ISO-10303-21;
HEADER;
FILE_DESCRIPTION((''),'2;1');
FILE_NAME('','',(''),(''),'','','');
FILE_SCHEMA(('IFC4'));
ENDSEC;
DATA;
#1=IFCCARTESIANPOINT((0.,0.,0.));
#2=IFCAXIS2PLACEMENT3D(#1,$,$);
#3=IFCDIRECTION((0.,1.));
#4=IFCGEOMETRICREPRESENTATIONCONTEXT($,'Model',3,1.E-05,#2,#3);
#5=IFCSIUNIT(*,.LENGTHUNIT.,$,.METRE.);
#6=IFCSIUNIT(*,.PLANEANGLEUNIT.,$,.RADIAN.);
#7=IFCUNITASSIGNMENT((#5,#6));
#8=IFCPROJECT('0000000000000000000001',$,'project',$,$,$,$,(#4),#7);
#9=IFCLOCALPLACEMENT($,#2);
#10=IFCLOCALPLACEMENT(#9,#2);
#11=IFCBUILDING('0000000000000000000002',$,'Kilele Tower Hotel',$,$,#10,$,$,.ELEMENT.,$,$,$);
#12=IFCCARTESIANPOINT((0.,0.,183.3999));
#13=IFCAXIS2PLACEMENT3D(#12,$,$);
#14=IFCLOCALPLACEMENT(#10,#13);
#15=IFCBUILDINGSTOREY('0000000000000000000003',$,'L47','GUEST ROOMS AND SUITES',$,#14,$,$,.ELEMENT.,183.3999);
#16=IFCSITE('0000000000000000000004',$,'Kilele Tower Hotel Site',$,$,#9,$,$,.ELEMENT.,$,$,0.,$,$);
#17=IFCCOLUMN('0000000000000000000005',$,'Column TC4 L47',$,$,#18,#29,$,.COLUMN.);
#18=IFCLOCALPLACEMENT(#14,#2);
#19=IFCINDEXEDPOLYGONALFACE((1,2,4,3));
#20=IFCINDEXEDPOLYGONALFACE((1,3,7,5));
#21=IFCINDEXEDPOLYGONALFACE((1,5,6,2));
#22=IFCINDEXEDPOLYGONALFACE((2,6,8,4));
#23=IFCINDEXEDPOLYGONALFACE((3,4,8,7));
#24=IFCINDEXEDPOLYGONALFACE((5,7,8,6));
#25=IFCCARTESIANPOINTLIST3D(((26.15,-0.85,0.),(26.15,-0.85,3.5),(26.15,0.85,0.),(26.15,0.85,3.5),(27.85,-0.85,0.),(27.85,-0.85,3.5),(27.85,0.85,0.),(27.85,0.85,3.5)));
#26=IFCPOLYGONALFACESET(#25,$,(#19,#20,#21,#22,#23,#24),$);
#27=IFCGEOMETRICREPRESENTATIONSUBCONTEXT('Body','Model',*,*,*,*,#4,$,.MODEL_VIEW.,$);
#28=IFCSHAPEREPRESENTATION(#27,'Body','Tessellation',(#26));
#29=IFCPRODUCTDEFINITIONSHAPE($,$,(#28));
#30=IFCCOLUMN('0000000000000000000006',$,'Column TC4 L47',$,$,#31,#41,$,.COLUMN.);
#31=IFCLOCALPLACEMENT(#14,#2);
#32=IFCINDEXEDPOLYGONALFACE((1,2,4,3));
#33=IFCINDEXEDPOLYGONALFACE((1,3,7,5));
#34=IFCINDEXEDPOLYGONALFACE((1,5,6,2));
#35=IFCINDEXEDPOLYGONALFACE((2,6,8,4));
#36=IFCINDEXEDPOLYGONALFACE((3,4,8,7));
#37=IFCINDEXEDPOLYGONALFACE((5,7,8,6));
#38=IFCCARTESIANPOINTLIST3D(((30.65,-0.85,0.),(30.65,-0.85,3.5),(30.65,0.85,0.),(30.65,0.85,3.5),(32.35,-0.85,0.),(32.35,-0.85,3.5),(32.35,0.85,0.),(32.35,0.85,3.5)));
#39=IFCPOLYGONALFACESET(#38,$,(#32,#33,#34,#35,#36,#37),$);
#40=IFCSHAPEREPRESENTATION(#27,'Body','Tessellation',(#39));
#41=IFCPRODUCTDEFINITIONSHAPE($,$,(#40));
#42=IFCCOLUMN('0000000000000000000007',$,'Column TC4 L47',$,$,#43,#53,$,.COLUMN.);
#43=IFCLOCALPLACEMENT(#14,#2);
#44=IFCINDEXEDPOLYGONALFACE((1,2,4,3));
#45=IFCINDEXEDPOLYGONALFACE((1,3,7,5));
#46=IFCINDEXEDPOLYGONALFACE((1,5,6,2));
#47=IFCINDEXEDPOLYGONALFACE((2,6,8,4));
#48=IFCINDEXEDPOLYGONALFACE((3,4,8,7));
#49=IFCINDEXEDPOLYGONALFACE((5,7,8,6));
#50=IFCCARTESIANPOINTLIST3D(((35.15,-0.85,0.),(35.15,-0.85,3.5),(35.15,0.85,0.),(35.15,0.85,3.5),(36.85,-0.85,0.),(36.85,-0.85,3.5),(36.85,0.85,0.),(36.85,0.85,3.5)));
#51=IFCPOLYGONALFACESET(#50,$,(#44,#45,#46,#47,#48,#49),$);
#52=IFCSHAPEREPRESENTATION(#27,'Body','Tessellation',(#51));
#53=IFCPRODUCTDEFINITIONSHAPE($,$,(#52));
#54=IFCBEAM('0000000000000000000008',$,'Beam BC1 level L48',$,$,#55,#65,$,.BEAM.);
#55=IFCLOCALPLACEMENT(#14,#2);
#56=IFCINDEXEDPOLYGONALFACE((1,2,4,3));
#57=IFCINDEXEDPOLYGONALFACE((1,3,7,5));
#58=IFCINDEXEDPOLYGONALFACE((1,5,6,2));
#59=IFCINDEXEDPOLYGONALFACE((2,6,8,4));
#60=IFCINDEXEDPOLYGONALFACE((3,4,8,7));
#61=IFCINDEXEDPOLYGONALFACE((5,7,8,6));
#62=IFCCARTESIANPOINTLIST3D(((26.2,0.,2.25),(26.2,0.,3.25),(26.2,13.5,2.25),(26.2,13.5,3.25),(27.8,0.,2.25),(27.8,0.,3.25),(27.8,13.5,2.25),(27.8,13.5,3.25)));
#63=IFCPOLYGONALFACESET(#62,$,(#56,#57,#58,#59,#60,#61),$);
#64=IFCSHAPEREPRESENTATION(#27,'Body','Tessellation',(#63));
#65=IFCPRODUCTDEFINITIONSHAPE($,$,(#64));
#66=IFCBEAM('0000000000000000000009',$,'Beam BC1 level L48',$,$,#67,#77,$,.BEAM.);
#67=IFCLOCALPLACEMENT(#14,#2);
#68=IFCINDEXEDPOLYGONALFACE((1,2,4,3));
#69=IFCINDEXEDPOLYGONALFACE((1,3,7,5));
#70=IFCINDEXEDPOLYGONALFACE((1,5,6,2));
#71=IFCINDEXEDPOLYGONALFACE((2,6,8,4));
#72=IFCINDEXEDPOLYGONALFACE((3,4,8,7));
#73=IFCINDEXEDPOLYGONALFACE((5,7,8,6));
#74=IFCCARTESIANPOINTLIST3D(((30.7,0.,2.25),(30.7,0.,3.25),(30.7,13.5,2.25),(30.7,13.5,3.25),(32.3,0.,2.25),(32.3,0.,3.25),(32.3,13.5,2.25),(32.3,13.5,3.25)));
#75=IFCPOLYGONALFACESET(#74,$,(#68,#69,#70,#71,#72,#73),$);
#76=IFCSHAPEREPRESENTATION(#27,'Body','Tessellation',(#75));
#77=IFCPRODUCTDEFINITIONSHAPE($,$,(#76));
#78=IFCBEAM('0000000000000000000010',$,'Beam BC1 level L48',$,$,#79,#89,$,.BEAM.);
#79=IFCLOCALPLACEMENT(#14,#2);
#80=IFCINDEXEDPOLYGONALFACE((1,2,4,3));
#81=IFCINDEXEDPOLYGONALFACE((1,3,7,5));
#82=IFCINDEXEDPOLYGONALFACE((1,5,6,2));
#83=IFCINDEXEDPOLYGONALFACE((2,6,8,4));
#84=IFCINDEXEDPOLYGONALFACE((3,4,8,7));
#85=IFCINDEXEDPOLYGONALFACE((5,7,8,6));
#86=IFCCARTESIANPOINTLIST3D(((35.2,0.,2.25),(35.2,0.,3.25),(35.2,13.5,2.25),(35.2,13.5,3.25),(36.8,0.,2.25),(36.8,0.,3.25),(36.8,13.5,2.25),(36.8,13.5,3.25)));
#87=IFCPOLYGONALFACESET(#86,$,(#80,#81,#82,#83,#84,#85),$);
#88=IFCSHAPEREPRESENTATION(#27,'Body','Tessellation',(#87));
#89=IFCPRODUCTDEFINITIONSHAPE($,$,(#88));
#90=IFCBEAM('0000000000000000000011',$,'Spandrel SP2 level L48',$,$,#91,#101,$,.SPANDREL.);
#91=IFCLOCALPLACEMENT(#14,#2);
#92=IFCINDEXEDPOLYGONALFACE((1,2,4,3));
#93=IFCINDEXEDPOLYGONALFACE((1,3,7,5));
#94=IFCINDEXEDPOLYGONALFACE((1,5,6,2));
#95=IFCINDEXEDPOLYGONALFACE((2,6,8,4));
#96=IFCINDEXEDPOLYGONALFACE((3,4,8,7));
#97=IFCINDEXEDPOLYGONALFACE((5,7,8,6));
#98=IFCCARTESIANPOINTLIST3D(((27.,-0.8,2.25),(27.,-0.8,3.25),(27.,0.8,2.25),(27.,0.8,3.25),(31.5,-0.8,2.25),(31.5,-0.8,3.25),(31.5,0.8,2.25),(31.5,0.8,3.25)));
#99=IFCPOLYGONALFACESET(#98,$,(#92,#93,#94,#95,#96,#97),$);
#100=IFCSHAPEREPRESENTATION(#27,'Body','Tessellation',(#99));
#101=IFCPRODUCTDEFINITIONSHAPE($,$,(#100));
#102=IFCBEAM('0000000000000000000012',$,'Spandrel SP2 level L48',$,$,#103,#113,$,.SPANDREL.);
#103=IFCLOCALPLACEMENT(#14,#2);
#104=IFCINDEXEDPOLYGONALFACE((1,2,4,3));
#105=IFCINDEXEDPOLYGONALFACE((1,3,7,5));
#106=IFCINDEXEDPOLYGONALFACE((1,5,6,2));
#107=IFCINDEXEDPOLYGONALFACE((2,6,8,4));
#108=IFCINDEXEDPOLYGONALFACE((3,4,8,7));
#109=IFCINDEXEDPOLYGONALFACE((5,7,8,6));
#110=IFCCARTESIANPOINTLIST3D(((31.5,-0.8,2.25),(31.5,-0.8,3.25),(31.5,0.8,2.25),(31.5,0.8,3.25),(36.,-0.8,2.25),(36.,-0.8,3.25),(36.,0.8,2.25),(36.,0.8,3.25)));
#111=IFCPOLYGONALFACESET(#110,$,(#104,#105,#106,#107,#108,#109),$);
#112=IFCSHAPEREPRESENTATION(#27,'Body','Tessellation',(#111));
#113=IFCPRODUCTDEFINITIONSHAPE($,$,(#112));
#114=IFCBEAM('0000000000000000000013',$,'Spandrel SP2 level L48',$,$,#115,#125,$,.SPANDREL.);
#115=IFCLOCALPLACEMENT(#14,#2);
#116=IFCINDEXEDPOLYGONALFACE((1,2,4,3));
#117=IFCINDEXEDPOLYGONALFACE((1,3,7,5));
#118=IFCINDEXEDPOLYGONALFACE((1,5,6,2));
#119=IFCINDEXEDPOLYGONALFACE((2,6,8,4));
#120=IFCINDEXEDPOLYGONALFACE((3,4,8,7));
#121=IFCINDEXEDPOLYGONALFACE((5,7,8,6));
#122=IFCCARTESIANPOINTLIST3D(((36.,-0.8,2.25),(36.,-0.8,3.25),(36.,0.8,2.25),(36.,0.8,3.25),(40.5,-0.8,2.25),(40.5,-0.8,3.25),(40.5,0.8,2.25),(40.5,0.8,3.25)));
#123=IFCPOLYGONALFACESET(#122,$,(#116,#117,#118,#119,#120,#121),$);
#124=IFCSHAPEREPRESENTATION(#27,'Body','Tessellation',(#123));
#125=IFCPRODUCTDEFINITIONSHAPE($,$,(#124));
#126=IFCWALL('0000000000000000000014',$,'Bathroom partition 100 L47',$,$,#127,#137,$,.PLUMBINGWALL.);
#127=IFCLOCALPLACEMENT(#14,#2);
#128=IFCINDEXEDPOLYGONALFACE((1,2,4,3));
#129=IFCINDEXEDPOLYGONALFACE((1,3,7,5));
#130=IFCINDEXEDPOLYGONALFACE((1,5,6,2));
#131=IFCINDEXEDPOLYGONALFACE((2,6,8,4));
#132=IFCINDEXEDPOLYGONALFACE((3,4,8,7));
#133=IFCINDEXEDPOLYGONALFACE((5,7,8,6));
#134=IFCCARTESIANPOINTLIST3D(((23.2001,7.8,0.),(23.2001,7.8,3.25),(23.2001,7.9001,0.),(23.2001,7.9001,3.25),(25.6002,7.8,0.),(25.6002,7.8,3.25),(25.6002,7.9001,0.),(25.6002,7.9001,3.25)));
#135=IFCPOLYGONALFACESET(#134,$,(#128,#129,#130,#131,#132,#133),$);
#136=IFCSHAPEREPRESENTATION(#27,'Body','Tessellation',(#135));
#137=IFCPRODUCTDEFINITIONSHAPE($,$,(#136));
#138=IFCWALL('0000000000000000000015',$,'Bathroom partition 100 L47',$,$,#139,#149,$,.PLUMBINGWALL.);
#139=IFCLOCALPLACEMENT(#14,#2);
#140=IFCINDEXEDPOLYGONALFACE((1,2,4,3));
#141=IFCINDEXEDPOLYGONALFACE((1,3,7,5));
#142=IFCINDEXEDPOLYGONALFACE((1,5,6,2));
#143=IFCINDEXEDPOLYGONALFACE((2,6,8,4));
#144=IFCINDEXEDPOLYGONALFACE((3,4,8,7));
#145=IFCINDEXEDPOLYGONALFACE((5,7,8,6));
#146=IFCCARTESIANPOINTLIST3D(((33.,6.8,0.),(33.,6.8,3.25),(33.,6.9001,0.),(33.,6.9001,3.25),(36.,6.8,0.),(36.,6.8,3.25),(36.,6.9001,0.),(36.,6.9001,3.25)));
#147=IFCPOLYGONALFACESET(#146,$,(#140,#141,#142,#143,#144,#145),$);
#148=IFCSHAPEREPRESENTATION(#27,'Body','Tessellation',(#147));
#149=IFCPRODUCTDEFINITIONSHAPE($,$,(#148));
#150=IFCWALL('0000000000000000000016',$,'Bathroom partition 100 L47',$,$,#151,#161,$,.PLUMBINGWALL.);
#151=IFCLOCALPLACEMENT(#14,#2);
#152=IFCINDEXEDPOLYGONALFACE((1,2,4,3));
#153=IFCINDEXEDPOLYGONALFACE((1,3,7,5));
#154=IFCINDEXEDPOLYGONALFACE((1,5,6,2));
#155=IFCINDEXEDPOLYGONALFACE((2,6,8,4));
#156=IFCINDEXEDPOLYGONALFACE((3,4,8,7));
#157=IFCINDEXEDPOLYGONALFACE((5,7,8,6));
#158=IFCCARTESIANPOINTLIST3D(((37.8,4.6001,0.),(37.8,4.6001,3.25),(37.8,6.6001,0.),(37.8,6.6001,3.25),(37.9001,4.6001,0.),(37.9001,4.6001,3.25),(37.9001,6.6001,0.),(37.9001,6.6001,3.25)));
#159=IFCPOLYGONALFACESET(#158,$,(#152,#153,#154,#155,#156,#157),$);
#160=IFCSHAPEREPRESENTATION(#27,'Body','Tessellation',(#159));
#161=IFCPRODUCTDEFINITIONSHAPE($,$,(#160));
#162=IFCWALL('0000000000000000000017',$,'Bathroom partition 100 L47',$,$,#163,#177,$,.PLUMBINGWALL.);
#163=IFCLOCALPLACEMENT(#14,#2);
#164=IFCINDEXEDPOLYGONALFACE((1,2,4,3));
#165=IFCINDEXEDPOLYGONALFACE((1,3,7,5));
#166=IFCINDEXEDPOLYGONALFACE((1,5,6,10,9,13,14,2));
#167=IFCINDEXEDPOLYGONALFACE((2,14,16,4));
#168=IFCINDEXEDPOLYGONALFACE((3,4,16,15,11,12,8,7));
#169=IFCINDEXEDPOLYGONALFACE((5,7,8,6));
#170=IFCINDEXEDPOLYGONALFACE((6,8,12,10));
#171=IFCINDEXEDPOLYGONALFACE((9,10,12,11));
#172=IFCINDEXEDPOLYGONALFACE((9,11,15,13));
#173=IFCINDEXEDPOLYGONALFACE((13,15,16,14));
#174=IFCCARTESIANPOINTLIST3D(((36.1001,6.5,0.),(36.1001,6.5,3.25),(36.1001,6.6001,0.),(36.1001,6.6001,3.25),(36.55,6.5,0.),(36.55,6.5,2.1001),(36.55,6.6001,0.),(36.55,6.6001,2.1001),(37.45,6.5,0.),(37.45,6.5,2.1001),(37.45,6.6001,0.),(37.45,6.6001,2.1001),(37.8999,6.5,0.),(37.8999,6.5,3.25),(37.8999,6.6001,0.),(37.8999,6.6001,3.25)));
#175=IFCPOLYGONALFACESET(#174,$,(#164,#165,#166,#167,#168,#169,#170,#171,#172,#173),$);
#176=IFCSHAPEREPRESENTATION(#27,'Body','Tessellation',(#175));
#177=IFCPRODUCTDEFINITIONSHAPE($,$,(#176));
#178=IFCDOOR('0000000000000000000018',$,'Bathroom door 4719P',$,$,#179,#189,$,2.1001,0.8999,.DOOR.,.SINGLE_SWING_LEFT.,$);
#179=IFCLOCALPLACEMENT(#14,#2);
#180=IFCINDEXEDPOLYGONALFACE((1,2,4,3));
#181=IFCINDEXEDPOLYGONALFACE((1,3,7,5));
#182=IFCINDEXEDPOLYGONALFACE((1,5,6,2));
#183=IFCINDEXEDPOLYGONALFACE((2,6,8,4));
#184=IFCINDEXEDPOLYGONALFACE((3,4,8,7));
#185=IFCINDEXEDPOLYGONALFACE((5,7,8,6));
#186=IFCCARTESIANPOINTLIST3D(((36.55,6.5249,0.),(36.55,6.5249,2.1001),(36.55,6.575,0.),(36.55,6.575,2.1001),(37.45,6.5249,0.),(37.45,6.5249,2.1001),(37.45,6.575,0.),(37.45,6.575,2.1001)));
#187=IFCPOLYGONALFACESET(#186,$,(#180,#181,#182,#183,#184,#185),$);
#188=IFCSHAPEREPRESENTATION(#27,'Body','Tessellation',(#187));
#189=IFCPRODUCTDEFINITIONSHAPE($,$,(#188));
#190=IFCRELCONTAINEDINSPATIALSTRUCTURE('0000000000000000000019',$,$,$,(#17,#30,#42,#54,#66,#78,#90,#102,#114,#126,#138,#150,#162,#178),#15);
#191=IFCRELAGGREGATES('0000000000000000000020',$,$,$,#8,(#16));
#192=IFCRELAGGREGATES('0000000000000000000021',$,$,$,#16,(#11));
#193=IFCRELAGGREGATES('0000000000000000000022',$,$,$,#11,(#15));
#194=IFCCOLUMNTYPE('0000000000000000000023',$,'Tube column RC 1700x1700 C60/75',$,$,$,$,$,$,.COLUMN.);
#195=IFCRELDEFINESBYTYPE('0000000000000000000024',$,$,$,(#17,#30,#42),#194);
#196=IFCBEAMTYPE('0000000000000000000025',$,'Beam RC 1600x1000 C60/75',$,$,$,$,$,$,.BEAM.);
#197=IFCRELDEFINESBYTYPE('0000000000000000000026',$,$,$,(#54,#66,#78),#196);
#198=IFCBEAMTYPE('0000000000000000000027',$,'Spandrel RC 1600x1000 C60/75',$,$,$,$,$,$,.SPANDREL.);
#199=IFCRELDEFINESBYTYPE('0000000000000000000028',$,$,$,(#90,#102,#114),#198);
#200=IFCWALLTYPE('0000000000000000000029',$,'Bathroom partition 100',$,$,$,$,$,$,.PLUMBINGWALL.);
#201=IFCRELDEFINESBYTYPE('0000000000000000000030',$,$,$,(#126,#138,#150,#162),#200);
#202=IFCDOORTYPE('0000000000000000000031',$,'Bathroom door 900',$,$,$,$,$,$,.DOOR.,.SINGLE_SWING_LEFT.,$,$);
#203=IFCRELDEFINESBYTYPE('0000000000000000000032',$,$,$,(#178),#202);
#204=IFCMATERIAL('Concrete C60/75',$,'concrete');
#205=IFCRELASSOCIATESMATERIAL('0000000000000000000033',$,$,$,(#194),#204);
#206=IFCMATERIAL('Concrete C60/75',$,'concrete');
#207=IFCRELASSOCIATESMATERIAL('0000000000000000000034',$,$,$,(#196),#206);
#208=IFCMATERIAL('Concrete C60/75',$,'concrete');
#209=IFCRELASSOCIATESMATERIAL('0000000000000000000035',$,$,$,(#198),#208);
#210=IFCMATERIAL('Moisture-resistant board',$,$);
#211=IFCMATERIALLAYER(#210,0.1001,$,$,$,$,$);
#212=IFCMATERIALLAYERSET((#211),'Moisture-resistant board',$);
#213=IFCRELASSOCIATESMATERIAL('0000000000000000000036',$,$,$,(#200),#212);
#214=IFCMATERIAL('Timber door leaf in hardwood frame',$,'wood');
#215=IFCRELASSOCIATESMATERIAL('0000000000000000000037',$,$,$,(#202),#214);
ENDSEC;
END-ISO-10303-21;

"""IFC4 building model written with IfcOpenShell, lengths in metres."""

from ifc_helpers import new_model, si_unit, direction, frame, frame_2d, origin, origin_2d, place, context, subcontext, project, spatial, rectangle, extrude, material, layer, layer_set, material_profile, profile_set, type_object, element, fill, save


model = new_model("IFC4")

# Units and contexts
model_context = context("Model", 3, precision=1e-05, world=origin(), true_north=direction((0.0, 1.0)))
body_context = subcontext(model_context, "Body", "Model", "MODEL_VIEW")
ifc_project = project(units=[si_unit("LENGTHUNIT", "METRE"), si_unit("PLANEANGLEUNIT", "RADIAN")], contexts=[model_context])

# Site, building, storey
site_placement = place(None, origin())
site = spatial("IfcSite", under=ifc_project, at=site_placement, Name="Kilele Tower Hotel Site", CompositionType="ELEMENT", RefElevation=0.0)
building_placement = place(site_placement, origin())
building = spatial("IfcBuilding", under=site, at=building_placement, Name="Kilele Tower Hotel", CompositionType="ELEMENT")
storey_placement = place(building_placement, frame((0.0, 0.0, 183.3999)))
storey = spatial("IfcBuildingStorey", under=building, at=storey_placement, Name="L47", Description="GUEST ROOMS AND SUITES", CompositionType="ELEMENT", Elevation=183.3999)

# Columns
ifc_material_1 = material(Name="Concrete C60/75", Category="concrete")
ifc_material_profile_1 = material_profile(ifc_material_1, rectangle(XDim=1.7, YDim=1.7, at=origin_2d()))
ifc_profile_set_1 = profile_set([ifc_material_profile_1], Name="Concrete C60/75")
column_type = type_object("IfcColumnType", Name="Tube column RC 1700x1700 C60/75", PredefinedType="COLUMN", material=ifc_profile_set_1)
for number, where, z_axis, x_axis, name in (
    (1, (27.0, 0.0, 0.0), (0.0, 0.0, 1.0), (1.0, 0.0, 0.0), "Column TC4 L47"),
    (2, (31.5, 0.0, 0.0), (0.0, 0.0, 1.0), (1.0, 0.0, 0.0), "Column TC4 L47"),
    (3, (36.0, 0.0, 0.0), (0.0, 0.0, 1.0), (1.0, 0.0, 0.0), "Column TC4 L47"),
):
    element("IfcColumn", number, at=place(storey_placement, frame(where, z_axis=z_axis, x_axis=x_axis)), inside=storey, type_object=column_type, Name=name, PredefinedType="COLUMN", context=body_context, shape_type="SweptSolid", body=[
        extrude(rectangle(XDim=1.7, YDim=1.7, at=origin_2d()), origin(), (0.0, 0.0, 1.0), 3.5),
    ])

# Beams
ifc_material_2 = material(Name="Concrete C60/75", Category="concrete")
ifc_material_profile_2 = material_profile(ifc_material_2, rectangle(XDim=1.6001, YDim=1.0, at=origin_2d()))
ifc_profile_set_2 = profile_set([ifc_material_profile_2], Name="Concrete C60/75")
beam_type_1 = type_object("IfcBeamType", Name="Beam RC 1600x1000 C60/75", PredefinedType="BEAM", material=ifc_profile_set_2)
for number, where, z_axis, x_axis, name in (
    (4, (27.0, 0.0, 2.75), (0.0, 1.0, 0.0), (-1.0, 0.0, 0.0), "Beam BC1 level L48"),
    (5, (31.5, 0.0, 2.75), (0.0, 1.0, 0.0), (-1.0, 0.0, 0.0), "Beam BC1 level L48"),
    (6, (36.0, 0.0, 2.75), (0.0, 1.0, 0.0), (-1.0, 0.0, 0.0), "Beam BC1 level L48"),
):
    element("IfcBeam", number, at=place(storey_placement, frame(where, z_axis=z_axis, x_axis=x_axis)), inside=storey, type_object=beam_type_1, Name=name, PredefinedType="BEAM", context=body_context, shape_type="SweptSolid", body=[
        extrude(rectangle(XDim=1.6001, YDim=1.0, at=origin_2d()), origin(), (0.0, 0.0, 1.0), 13.5),
    ])
ifc_material_3 = material(Name="Concrete C60/75", Category="concrete")
ifc_material_profile_3 = material_profile(ifc_material_3, rectangle(XDim=1.6001, YDim=1.0, at=origin_2d()))
ifc_profile_set_3 = profile_set([ifc_material_profile_3], Name="Concrete C60/75")
beam_type_2 = type_object("IfcBeamType", Name="Spandrel RC 1600x1000 C60/75", PredefinedType="SPANDREL", material=ifc_profile_set_3)
for number, where, z_axis, x_axis, name in (
    (7, (27.0, 0.0, 2.75), (1.0, 0.0, 0.0), (0.0, 1.0, 0.0), "Spandrel SP2 level L48"),
    (8, (31.5, 0.0, 2.75), (1.0, 0.0, 0.0), (0.0, 1.0, 0.0), "Spandrel SP2 level L48"),
    (9, (36.0, 0.0, 2.75), (1.0, 0.0, 0.0), (0.0, 1.0, 0.0), "Spandrel SP2 level L48"),
):
    element("IfcBeam", number, at=place(storey_placement, frame(where, z_axis=z_axis, x_axis=x_axis)), inside=storey, type_object=beam_type_2, Name=name, PredefinedType="SPANDREL", context=body_context, shape_type="SweptSolid", body=[
        extrude(rectangle(XDim=1.6001, YDim=1.0, at=origin_2d()), origin(), (0.0, 0.0, 1.0), 4.5),
    ])

# Walls
ifc_material_4 = material(Name="Moisture-resistant board")
ifc_layer_1 = layer(ifc_material_4, 0.1001)
ifc_layer_set_1 = layer_set([ifc_layer_1], Name="Moisture-resistant board")
wall_type_1 = type_object("IfcWallType", Name="Bathroom partition 100", PredefinedType="PLUMBINGWALL", material=ifc_layer_set_1)
wall_1_placement = place(storey_placement, frame((23.2, 7.8501, 0.0), z_axis=(0.0, 0.0, 1.0), x_axis=(1.0, 0.0, 0.0)))
element("IfcWall", 10, at=wall_1_placement, inside=storey, type_object=wall_type_1, Name="Bathroom partition 100 L47", PredefinedType="PLUMBINGWALL", context=body_context, shape_type="SweptSolid", body=[
    extrude(rectangle(XDim=2.4001, YDim=0.1001, at=frame_2d((1.2002, 0.0))), origin(), (0.0, 0.0, 1.0), 3.25),
])
wall_2_placement = place(storey_placement, frame((33.0, 6.8501, 0.0), z_axis=(0.0, 0.0, 1.0), x_axis=(1.0, 0.0, 0.0)))
element("IfcWall", 11, at=wall_2_placement, inside=storey, type_object=wall_type_1, Name="Bathroom partition 100 L47", PredefinedType="PLUMBINGWALL", context=body_context, shape_type="SweptSolid", body=[
    extrude(rectangle(XDim=3.0, YDim=0.1001, at=frame_2d((1.5, 0.0))), origin(), (0.0, 0.0, 1.0), 3.25),
])
wall_3_placement = place(storey_placement, frame((37.8501, 4.6001, 0.0), z_axis=(0.0, 0.0, 1.0), x_axis=(0.0, 1.0, 0.0)))
element("IfcWall", 12, at=wall_3_placement, inside=storey, type_object=wall_type_1, Name="Bathroom partition 100 L47", PredefinedType="PLUMBINGWALL", context=body_context, shape_type="SweptSolid", body=[
    extrude(rectangle(XDim=2.0, YDim=0.1001, at=frame_2d((1.0, 0.0))), origin(), (0.0, 0.0, 1.0), 3.25),
])

# Wall, opening, door
wall_4_placement = place(storey_placement, frame((36.1001, 6.55, 0.0), z_axis=(0.0, 0.0, 1.0), x_axis=(1.0, 0.0, 0.0)))
wall_4 = element("IfcWall", 13, at=wall_4_placement, inside=storey, type_object=wall_type_1, Name="Bathroom partition 100 L47", PredefinedType="PLUMBINGWALL", context=body_context, shape_type="SweptSolid", body=[
    extrude(rectangle(XDim=1.7998, YDim=0.1001, at=frame_2d((0.8999, 0.0))), origin(), (0.0, 0.0, 1.0), 3.25),
])
opening_1_placement = place(wall_4_placement, frame((0.45, 0.0, 0.0)))
opening_1 = element("IfcOpeningElement", 14, at=opening_1_placement, cuts=wall_4, PredefinedType="OPENING", context=body_context, shape_type="SweptSolid", body=[
    extrude(rectangle(XDim=0.8999, YDim=2.1001, at=frame_2d((0.45, 1.05))), frame((0.0, 0.0601, 0.0), z_axis=(0.0, -1.0, 0.0), x_axis=(1.0, 0.0, 0.0)), (0.0, 0.0, 1.0), 0.1201),
])
ifc_material_5 = material(Name="Timber door leaf in hardwood frame", Category="wood")
door_type_1 = type_object("IfcDoorType", Name="Bathroom door 900", OperationType="SINGLE_SWING_LEFT", PredefinedType="DOOR", material=ifc_material_5)
door_1_placement = place(opening_1_placement, origin())
door_1 = element("IfcDoor", 15, at=door_1_placement, inside=storey, type_object=door_type_1, Name="Bathroom door 4719P", OperationType="SINGLE_SWING_LEFT", OverallHeight=2.1001, OverallWidth=0.8999, PredefinedType="DOOR", context=body_context, shape_type="SweptSolid", body=[
    extrude(rectangle(XDim=0.8999, YDim=2.1001, at=frame_2d((0.45, 1.05))), frame((0.0, 0.0249, 0.0), z_axis=(0.0, -1.0, 0.0), x_axis=(1.0, 0.0, 0.0)), (0.0, 0.0, 1.0), 0.05),
])
fill(opening_1, door_1)

save(model, "model.ifc")
